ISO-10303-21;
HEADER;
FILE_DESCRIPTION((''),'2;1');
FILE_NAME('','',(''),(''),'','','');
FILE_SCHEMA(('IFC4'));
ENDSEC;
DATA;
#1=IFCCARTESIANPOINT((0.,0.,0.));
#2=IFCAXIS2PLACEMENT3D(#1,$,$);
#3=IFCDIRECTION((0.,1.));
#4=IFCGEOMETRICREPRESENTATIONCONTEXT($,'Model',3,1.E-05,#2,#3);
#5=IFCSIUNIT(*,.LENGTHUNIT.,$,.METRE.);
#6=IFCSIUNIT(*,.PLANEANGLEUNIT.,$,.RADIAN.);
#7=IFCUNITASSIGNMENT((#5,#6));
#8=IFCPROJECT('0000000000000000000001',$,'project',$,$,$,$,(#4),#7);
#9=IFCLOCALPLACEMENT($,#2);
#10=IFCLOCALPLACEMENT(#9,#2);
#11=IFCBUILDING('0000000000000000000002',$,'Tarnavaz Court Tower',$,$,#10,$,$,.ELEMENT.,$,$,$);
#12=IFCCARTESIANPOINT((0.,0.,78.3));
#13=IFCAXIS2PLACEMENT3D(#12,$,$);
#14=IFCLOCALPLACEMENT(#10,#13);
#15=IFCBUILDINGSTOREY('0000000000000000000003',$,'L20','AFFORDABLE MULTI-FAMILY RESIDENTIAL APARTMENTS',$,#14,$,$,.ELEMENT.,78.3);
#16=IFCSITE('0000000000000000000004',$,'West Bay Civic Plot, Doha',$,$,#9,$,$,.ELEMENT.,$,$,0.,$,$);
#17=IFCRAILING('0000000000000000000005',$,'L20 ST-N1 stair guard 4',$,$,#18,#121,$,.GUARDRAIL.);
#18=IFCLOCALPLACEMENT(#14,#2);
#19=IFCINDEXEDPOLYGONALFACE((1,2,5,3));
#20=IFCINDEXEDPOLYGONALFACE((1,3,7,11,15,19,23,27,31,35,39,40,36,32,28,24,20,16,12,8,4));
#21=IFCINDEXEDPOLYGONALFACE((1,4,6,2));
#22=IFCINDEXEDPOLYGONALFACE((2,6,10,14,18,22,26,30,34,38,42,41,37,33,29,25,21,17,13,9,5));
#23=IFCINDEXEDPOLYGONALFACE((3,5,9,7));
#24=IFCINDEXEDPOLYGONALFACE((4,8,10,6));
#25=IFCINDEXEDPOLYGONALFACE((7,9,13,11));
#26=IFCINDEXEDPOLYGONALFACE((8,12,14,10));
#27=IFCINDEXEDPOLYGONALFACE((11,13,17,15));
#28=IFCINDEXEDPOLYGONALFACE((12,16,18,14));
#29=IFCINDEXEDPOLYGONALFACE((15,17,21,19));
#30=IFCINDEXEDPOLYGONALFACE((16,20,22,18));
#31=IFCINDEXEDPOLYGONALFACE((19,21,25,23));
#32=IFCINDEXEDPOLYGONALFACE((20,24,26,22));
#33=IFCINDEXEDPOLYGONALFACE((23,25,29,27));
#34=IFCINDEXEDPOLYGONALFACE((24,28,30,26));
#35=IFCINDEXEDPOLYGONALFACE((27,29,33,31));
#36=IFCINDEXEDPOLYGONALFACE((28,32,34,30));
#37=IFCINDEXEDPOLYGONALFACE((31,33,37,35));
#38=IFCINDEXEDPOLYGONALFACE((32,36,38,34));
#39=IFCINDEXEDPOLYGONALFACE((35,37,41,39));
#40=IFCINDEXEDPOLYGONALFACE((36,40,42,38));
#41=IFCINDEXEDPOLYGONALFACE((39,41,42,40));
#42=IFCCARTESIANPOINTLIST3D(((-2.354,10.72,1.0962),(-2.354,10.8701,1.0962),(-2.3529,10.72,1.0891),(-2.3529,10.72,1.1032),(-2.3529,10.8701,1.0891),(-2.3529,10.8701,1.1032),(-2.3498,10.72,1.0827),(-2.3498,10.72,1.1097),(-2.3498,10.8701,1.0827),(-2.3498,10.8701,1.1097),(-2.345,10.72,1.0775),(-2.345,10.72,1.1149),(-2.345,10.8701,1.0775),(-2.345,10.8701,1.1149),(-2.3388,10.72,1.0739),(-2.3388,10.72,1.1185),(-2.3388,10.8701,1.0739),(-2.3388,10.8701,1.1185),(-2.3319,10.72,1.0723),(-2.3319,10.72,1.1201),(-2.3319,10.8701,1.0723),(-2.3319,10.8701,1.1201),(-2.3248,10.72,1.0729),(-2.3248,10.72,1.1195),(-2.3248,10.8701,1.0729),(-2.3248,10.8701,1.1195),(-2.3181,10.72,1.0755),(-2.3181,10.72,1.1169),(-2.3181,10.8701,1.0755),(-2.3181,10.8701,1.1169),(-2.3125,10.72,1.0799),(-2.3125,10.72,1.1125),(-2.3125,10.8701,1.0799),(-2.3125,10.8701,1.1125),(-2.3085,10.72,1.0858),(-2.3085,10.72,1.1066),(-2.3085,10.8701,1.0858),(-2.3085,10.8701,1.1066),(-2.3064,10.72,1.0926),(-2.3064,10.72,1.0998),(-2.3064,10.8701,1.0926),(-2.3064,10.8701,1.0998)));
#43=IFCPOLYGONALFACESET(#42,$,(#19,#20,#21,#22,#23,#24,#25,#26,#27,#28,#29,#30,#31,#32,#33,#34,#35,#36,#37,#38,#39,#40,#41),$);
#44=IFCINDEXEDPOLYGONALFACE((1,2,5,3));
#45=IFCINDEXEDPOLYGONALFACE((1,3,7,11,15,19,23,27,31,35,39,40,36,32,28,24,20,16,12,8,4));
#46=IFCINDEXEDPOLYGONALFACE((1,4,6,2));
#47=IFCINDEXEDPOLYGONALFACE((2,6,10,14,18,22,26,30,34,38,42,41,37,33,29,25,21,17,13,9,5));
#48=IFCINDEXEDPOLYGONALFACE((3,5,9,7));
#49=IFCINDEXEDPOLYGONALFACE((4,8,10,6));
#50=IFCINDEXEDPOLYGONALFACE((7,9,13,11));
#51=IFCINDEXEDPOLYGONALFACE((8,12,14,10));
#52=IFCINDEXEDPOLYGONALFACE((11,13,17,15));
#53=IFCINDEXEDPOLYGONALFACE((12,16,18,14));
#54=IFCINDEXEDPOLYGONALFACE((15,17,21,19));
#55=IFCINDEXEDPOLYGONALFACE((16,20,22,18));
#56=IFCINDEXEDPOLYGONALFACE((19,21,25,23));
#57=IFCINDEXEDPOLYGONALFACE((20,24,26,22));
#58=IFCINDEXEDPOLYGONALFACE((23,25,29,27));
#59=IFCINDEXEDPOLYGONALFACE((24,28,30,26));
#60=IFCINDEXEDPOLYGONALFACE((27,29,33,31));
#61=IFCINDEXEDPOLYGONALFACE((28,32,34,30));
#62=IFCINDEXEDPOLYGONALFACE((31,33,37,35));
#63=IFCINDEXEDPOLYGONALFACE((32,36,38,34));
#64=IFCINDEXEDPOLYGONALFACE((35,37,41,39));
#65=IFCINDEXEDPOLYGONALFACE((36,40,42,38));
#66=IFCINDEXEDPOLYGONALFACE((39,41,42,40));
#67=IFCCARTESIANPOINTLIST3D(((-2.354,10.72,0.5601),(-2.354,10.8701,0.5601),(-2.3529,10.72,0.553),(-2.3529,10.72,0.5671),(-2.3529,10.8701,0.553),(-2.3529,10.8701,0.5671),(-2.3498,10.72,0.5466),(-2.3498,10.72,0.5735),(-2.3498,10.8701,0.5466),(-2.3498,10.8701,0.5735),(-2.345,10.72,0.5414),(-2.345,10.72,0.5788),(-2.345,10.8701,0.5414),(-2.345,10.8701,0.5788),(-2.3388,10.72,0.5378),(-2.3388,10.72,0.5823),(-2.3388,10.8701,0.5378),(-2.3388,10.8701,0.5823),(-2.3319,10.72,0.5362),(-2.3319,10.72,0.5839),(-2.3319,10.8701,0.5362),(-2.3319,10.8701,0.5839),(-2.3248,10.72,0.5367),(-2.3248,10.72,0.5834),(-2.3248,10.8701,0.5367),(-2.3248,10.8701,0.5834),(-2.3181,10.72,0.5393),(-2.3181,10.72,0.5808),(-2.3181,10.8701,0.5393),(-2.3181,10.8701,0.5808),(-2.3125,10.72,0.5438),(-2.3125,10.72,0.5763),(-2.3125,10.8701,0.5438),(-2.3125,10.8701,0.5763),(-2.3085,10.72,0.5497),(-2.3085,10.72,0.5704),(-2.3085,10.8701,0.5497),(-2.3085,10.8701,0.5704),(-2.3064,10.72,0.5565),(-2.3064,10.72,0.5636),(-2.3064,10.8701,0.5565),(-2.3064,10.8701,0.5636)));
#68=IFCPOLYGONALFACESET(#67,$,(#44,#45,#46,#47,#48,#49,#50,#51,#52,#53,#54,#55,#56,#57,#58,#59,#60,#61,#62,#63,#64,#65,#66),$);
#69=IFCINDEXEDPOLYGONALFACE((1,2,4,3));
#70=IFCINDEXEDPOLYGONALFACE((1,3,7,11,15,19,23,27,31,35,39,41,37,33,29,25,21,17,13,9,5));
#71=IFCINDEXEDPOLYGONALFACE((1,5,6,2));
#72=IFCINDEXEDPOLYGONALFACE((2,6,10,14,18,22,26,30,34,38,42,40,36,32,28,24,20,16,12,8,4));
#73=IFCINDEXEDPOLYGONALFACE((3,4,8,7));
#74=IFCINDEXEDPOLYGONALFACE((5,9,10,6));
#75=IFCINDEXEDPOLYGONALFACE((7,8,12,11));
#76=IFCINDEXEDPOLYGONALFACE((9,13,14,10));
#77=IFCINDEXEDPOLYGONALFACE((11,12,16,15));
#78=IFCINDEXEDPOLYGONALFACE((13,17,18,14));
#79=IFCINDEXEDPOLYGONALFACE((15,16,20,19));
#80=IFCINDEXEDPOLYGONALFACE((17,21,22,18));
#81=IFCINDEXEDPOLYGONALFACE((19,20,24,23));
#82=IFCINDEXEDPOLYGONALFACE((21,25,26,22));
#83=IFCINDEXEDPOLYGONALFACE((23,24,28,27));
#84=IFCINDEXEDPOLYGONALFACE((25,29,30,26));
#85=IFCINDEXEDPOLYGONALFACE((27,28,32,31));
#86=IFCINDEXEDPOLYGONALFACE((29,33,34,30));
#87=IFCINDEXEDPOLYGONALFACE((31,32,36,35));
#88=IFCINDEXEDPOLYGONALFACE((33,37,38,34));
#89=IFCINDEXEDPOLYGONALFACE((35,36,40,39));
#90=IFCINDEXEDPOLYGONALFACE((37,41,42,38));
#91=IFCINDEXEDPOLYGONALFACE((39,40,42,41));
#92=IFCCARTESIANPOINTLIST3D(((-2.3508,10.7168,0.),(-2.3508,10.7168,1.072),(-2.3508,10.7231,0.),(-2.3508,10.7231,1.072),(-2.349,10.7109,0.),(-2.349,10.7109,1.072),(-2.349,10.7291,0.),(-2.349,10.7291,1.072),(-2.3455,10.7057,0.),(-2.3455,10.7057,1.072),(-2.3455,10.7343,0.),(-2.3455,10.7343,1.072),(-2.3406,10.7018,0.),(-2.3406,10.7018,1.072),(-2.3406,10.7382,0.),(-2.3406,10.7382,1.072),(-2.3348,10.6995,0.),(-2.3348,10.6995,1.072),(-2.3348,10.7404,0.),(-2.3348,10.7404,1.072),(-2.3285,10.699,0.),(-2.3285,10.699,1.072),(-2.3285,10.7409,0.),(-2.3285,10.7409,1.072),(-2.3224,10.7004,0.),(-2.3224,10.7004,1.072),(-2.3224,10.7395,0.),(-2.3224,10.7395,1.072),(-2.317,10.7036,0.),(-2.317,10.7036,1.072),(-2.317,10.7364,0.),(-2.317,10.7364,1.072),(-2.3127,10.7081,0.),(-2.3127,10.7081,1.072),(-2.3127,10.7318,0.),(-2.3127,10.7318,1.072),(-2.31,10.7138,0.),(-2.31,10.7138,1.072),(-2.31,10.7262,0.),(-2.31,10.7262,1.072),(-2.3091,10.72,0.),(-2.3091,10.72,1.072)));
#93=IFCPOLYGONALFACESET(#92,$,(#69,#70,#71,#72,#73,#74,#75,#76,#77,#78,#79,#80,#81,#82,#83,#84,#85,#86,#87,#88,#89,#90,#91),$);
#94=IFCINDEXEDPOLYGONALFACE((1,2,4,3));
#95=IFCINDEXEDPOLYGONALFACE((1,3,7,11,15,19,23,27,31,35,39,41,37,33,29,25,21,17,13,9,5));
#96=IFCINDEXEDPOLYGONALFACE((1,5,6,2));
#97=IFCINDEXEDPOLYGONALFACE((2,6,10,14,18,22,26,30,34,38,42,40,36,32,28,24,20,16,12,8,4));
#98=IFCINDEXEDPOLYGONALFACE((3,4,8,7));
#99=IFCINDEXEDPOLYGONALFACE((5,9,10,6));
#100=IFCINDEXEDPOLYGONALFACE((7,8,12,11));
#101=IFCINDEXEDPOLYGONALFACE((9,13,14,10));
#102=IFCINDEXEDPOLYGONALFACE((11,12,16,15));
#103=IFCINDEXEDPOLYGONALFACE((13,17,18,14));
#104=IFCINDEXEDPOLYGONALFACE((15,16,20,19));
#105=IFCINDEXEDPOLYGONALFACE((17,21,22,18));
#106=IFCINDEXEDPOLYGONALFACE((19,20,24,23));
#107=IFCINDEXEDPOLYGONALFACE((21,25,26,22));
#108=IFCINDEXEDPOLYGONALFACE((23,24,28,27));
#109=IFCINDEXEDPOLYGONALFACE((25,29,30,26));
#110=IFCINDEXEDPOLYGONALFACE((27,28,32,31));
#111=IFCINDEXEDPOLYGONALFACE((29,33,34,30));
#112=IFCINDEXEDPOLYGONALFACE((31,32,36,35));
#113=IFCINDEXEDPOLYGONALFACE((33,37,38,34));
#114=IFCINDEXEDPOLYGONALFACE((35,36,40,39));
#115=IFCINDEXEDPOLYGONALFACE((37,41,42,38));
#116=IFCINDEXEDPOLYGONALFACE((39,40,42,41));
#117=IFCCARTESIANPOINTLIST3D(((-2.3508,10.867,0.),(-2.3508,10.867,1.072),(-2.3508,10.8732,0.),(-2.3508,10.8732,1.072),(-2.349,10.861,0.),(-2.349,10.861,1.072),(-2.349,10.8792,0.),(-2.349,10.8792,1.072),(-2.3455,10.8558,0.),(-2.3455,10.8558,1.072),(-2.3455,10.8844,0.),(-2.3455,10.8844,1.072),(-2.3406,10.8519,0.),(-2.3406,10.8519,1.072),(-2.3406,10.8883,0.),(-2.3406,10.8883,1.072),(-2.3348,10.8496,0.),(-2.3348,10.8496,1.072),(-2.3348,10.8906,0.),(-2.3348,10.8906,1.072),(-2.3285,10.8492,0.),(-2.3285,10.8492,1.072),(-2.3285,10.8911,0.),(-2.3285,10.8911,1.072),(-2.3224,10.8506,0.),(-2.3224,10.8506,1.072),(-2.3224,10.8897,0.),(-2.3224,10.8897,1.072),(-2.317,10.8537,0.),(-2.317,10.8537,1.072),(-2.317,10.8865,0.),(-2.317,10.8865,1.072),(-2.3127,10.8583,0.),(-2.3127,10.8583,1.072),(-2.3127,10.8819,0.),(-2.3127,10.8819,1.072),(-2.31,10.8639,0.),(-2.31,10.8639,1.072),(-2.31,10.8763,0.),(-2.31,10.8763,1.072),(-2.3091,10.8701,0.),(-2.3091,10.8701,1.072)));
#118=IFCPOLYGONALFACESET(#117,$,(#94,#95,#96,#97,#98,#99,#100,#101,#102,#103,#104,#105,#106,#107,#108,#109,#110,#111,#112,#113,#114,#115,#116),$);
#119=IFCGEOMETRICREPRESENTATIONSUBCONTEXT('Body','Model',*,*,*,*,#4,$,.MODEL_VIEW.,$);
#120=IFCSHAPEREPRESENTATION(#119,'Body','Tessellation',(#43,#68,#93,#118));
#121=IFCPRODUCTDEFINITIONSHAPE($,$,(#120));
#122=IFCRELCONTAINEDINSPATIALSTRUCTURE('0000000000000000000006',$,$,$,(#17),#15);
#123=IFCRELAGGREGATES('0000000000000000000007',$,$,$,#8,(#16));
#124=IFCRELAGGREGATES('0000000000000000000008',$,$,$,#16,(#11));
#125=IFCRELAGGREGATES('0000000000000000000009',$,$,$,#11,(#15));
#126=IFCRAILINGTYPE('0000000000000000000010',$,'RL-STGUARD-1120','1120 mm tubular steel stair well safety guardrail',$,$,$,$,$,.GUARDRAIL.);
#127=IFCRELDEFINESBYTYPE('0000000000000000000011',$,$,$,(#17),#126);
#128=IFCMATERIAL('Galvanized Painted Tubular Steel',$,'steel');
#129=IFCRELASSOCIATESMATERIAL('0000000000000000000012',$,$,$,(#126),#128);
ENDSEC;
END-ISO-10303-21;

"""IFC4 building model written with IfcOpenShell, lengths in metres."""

from ifc_helpers import new_model, si_unit, direction, frame, origin, origin_2d, place, context, subcontext, project, spatial, circle, extrude, material, type_object, element, save


model = new_model("IFC4")

# Units and contexts
model_context = context("Model", 3, precision=1e-05, world=origin(), true_north=direction((0.0, 1.0)))
body_context = subcontext(model_context, "Body", "Model", "MODEL_VIEW")
ifc_project = project(units=[si_unit("LENGTHUNIT", "METRE"), si_unit("PLANEANGLEUNIT", "RADIAN")], contexts=[model_context])

# Site, building, storey
site_placement = place(None, origin())
site = spatial("IfcSite", under=ifc_project, at=site_placement, Name="West Bay Civic Plot, Doha", CompositionType="ELEMENT", RefElevation=0.0)
building_placement = place(site_placement, origin())
building = spatial("IfcBuilding", under=site, at=building_placement, Name="Tarnavaz Court Tower", CompositionType="ELEMENT")
storey_placement = place(building_placement, frame((0.0, 0.0, 78.3)))
storey = spatial("IfcBuildingStorey", under=building, at=storey_placement, Name="L20", Description="AFFORDABLE MULTI-FAMILY RESIDENTIAL APARTMENTS", CompositionType="ELEMENT", Elevation=78.3)

# Railing
ifc_material_1 = material(Name="Galvanized Painted Tubular Steel", Category="steel")
railing_type_1 = type_object("IfcRailingType", Name="RL-STGUARD-1120", Description="1120 mm tubular steel stair well safety guardrail", PredefinedType="GUARDRAIL", material=ifc_material_1)
railing_1_placement = place(storey_placement, frame((-2.3301, 10.72, 0.0)))
element("IfcRailing", 1, at=railing_1_placement, inside=storey, type_object=railing_type_1, Name="L20 ST-N1 stair guard 4", PredefinedType="GUARDRAIL", context=body_context, shape_type="SweptSolid", body=[
    extrude(circle(Radius=0.0239, at=origin_2d()), frame((0.0, 0.0, 1.0962), z_axis=(0.0, 1.0, 0.0), x_axis=(-1.0, 0.0, 0.0)), (0.0, 0.0, 1.0), 0.1501),
    extrude(circle(Radius=0.0239, at=origin_2d()), frame((0.0, 0.0, 0.5601), z_axis=(0.0, 1.0, 0.0), x_axis=(-1.0, 0.0, 0.0)), (0.0, 0.0, 1.0), 0.1501),
    extrude(circle(Radius=0.021, at=origin_2d()), origin(), (0.0, 0.0, 1.0), 1.072),
    extrude(circle(Radius=0.021, at=origin_2d()), frame((0.0, 0.1501, 0.0)), (0.0, 0.0, 1.0), 1.072),
])

save(model, "model.ifc")
